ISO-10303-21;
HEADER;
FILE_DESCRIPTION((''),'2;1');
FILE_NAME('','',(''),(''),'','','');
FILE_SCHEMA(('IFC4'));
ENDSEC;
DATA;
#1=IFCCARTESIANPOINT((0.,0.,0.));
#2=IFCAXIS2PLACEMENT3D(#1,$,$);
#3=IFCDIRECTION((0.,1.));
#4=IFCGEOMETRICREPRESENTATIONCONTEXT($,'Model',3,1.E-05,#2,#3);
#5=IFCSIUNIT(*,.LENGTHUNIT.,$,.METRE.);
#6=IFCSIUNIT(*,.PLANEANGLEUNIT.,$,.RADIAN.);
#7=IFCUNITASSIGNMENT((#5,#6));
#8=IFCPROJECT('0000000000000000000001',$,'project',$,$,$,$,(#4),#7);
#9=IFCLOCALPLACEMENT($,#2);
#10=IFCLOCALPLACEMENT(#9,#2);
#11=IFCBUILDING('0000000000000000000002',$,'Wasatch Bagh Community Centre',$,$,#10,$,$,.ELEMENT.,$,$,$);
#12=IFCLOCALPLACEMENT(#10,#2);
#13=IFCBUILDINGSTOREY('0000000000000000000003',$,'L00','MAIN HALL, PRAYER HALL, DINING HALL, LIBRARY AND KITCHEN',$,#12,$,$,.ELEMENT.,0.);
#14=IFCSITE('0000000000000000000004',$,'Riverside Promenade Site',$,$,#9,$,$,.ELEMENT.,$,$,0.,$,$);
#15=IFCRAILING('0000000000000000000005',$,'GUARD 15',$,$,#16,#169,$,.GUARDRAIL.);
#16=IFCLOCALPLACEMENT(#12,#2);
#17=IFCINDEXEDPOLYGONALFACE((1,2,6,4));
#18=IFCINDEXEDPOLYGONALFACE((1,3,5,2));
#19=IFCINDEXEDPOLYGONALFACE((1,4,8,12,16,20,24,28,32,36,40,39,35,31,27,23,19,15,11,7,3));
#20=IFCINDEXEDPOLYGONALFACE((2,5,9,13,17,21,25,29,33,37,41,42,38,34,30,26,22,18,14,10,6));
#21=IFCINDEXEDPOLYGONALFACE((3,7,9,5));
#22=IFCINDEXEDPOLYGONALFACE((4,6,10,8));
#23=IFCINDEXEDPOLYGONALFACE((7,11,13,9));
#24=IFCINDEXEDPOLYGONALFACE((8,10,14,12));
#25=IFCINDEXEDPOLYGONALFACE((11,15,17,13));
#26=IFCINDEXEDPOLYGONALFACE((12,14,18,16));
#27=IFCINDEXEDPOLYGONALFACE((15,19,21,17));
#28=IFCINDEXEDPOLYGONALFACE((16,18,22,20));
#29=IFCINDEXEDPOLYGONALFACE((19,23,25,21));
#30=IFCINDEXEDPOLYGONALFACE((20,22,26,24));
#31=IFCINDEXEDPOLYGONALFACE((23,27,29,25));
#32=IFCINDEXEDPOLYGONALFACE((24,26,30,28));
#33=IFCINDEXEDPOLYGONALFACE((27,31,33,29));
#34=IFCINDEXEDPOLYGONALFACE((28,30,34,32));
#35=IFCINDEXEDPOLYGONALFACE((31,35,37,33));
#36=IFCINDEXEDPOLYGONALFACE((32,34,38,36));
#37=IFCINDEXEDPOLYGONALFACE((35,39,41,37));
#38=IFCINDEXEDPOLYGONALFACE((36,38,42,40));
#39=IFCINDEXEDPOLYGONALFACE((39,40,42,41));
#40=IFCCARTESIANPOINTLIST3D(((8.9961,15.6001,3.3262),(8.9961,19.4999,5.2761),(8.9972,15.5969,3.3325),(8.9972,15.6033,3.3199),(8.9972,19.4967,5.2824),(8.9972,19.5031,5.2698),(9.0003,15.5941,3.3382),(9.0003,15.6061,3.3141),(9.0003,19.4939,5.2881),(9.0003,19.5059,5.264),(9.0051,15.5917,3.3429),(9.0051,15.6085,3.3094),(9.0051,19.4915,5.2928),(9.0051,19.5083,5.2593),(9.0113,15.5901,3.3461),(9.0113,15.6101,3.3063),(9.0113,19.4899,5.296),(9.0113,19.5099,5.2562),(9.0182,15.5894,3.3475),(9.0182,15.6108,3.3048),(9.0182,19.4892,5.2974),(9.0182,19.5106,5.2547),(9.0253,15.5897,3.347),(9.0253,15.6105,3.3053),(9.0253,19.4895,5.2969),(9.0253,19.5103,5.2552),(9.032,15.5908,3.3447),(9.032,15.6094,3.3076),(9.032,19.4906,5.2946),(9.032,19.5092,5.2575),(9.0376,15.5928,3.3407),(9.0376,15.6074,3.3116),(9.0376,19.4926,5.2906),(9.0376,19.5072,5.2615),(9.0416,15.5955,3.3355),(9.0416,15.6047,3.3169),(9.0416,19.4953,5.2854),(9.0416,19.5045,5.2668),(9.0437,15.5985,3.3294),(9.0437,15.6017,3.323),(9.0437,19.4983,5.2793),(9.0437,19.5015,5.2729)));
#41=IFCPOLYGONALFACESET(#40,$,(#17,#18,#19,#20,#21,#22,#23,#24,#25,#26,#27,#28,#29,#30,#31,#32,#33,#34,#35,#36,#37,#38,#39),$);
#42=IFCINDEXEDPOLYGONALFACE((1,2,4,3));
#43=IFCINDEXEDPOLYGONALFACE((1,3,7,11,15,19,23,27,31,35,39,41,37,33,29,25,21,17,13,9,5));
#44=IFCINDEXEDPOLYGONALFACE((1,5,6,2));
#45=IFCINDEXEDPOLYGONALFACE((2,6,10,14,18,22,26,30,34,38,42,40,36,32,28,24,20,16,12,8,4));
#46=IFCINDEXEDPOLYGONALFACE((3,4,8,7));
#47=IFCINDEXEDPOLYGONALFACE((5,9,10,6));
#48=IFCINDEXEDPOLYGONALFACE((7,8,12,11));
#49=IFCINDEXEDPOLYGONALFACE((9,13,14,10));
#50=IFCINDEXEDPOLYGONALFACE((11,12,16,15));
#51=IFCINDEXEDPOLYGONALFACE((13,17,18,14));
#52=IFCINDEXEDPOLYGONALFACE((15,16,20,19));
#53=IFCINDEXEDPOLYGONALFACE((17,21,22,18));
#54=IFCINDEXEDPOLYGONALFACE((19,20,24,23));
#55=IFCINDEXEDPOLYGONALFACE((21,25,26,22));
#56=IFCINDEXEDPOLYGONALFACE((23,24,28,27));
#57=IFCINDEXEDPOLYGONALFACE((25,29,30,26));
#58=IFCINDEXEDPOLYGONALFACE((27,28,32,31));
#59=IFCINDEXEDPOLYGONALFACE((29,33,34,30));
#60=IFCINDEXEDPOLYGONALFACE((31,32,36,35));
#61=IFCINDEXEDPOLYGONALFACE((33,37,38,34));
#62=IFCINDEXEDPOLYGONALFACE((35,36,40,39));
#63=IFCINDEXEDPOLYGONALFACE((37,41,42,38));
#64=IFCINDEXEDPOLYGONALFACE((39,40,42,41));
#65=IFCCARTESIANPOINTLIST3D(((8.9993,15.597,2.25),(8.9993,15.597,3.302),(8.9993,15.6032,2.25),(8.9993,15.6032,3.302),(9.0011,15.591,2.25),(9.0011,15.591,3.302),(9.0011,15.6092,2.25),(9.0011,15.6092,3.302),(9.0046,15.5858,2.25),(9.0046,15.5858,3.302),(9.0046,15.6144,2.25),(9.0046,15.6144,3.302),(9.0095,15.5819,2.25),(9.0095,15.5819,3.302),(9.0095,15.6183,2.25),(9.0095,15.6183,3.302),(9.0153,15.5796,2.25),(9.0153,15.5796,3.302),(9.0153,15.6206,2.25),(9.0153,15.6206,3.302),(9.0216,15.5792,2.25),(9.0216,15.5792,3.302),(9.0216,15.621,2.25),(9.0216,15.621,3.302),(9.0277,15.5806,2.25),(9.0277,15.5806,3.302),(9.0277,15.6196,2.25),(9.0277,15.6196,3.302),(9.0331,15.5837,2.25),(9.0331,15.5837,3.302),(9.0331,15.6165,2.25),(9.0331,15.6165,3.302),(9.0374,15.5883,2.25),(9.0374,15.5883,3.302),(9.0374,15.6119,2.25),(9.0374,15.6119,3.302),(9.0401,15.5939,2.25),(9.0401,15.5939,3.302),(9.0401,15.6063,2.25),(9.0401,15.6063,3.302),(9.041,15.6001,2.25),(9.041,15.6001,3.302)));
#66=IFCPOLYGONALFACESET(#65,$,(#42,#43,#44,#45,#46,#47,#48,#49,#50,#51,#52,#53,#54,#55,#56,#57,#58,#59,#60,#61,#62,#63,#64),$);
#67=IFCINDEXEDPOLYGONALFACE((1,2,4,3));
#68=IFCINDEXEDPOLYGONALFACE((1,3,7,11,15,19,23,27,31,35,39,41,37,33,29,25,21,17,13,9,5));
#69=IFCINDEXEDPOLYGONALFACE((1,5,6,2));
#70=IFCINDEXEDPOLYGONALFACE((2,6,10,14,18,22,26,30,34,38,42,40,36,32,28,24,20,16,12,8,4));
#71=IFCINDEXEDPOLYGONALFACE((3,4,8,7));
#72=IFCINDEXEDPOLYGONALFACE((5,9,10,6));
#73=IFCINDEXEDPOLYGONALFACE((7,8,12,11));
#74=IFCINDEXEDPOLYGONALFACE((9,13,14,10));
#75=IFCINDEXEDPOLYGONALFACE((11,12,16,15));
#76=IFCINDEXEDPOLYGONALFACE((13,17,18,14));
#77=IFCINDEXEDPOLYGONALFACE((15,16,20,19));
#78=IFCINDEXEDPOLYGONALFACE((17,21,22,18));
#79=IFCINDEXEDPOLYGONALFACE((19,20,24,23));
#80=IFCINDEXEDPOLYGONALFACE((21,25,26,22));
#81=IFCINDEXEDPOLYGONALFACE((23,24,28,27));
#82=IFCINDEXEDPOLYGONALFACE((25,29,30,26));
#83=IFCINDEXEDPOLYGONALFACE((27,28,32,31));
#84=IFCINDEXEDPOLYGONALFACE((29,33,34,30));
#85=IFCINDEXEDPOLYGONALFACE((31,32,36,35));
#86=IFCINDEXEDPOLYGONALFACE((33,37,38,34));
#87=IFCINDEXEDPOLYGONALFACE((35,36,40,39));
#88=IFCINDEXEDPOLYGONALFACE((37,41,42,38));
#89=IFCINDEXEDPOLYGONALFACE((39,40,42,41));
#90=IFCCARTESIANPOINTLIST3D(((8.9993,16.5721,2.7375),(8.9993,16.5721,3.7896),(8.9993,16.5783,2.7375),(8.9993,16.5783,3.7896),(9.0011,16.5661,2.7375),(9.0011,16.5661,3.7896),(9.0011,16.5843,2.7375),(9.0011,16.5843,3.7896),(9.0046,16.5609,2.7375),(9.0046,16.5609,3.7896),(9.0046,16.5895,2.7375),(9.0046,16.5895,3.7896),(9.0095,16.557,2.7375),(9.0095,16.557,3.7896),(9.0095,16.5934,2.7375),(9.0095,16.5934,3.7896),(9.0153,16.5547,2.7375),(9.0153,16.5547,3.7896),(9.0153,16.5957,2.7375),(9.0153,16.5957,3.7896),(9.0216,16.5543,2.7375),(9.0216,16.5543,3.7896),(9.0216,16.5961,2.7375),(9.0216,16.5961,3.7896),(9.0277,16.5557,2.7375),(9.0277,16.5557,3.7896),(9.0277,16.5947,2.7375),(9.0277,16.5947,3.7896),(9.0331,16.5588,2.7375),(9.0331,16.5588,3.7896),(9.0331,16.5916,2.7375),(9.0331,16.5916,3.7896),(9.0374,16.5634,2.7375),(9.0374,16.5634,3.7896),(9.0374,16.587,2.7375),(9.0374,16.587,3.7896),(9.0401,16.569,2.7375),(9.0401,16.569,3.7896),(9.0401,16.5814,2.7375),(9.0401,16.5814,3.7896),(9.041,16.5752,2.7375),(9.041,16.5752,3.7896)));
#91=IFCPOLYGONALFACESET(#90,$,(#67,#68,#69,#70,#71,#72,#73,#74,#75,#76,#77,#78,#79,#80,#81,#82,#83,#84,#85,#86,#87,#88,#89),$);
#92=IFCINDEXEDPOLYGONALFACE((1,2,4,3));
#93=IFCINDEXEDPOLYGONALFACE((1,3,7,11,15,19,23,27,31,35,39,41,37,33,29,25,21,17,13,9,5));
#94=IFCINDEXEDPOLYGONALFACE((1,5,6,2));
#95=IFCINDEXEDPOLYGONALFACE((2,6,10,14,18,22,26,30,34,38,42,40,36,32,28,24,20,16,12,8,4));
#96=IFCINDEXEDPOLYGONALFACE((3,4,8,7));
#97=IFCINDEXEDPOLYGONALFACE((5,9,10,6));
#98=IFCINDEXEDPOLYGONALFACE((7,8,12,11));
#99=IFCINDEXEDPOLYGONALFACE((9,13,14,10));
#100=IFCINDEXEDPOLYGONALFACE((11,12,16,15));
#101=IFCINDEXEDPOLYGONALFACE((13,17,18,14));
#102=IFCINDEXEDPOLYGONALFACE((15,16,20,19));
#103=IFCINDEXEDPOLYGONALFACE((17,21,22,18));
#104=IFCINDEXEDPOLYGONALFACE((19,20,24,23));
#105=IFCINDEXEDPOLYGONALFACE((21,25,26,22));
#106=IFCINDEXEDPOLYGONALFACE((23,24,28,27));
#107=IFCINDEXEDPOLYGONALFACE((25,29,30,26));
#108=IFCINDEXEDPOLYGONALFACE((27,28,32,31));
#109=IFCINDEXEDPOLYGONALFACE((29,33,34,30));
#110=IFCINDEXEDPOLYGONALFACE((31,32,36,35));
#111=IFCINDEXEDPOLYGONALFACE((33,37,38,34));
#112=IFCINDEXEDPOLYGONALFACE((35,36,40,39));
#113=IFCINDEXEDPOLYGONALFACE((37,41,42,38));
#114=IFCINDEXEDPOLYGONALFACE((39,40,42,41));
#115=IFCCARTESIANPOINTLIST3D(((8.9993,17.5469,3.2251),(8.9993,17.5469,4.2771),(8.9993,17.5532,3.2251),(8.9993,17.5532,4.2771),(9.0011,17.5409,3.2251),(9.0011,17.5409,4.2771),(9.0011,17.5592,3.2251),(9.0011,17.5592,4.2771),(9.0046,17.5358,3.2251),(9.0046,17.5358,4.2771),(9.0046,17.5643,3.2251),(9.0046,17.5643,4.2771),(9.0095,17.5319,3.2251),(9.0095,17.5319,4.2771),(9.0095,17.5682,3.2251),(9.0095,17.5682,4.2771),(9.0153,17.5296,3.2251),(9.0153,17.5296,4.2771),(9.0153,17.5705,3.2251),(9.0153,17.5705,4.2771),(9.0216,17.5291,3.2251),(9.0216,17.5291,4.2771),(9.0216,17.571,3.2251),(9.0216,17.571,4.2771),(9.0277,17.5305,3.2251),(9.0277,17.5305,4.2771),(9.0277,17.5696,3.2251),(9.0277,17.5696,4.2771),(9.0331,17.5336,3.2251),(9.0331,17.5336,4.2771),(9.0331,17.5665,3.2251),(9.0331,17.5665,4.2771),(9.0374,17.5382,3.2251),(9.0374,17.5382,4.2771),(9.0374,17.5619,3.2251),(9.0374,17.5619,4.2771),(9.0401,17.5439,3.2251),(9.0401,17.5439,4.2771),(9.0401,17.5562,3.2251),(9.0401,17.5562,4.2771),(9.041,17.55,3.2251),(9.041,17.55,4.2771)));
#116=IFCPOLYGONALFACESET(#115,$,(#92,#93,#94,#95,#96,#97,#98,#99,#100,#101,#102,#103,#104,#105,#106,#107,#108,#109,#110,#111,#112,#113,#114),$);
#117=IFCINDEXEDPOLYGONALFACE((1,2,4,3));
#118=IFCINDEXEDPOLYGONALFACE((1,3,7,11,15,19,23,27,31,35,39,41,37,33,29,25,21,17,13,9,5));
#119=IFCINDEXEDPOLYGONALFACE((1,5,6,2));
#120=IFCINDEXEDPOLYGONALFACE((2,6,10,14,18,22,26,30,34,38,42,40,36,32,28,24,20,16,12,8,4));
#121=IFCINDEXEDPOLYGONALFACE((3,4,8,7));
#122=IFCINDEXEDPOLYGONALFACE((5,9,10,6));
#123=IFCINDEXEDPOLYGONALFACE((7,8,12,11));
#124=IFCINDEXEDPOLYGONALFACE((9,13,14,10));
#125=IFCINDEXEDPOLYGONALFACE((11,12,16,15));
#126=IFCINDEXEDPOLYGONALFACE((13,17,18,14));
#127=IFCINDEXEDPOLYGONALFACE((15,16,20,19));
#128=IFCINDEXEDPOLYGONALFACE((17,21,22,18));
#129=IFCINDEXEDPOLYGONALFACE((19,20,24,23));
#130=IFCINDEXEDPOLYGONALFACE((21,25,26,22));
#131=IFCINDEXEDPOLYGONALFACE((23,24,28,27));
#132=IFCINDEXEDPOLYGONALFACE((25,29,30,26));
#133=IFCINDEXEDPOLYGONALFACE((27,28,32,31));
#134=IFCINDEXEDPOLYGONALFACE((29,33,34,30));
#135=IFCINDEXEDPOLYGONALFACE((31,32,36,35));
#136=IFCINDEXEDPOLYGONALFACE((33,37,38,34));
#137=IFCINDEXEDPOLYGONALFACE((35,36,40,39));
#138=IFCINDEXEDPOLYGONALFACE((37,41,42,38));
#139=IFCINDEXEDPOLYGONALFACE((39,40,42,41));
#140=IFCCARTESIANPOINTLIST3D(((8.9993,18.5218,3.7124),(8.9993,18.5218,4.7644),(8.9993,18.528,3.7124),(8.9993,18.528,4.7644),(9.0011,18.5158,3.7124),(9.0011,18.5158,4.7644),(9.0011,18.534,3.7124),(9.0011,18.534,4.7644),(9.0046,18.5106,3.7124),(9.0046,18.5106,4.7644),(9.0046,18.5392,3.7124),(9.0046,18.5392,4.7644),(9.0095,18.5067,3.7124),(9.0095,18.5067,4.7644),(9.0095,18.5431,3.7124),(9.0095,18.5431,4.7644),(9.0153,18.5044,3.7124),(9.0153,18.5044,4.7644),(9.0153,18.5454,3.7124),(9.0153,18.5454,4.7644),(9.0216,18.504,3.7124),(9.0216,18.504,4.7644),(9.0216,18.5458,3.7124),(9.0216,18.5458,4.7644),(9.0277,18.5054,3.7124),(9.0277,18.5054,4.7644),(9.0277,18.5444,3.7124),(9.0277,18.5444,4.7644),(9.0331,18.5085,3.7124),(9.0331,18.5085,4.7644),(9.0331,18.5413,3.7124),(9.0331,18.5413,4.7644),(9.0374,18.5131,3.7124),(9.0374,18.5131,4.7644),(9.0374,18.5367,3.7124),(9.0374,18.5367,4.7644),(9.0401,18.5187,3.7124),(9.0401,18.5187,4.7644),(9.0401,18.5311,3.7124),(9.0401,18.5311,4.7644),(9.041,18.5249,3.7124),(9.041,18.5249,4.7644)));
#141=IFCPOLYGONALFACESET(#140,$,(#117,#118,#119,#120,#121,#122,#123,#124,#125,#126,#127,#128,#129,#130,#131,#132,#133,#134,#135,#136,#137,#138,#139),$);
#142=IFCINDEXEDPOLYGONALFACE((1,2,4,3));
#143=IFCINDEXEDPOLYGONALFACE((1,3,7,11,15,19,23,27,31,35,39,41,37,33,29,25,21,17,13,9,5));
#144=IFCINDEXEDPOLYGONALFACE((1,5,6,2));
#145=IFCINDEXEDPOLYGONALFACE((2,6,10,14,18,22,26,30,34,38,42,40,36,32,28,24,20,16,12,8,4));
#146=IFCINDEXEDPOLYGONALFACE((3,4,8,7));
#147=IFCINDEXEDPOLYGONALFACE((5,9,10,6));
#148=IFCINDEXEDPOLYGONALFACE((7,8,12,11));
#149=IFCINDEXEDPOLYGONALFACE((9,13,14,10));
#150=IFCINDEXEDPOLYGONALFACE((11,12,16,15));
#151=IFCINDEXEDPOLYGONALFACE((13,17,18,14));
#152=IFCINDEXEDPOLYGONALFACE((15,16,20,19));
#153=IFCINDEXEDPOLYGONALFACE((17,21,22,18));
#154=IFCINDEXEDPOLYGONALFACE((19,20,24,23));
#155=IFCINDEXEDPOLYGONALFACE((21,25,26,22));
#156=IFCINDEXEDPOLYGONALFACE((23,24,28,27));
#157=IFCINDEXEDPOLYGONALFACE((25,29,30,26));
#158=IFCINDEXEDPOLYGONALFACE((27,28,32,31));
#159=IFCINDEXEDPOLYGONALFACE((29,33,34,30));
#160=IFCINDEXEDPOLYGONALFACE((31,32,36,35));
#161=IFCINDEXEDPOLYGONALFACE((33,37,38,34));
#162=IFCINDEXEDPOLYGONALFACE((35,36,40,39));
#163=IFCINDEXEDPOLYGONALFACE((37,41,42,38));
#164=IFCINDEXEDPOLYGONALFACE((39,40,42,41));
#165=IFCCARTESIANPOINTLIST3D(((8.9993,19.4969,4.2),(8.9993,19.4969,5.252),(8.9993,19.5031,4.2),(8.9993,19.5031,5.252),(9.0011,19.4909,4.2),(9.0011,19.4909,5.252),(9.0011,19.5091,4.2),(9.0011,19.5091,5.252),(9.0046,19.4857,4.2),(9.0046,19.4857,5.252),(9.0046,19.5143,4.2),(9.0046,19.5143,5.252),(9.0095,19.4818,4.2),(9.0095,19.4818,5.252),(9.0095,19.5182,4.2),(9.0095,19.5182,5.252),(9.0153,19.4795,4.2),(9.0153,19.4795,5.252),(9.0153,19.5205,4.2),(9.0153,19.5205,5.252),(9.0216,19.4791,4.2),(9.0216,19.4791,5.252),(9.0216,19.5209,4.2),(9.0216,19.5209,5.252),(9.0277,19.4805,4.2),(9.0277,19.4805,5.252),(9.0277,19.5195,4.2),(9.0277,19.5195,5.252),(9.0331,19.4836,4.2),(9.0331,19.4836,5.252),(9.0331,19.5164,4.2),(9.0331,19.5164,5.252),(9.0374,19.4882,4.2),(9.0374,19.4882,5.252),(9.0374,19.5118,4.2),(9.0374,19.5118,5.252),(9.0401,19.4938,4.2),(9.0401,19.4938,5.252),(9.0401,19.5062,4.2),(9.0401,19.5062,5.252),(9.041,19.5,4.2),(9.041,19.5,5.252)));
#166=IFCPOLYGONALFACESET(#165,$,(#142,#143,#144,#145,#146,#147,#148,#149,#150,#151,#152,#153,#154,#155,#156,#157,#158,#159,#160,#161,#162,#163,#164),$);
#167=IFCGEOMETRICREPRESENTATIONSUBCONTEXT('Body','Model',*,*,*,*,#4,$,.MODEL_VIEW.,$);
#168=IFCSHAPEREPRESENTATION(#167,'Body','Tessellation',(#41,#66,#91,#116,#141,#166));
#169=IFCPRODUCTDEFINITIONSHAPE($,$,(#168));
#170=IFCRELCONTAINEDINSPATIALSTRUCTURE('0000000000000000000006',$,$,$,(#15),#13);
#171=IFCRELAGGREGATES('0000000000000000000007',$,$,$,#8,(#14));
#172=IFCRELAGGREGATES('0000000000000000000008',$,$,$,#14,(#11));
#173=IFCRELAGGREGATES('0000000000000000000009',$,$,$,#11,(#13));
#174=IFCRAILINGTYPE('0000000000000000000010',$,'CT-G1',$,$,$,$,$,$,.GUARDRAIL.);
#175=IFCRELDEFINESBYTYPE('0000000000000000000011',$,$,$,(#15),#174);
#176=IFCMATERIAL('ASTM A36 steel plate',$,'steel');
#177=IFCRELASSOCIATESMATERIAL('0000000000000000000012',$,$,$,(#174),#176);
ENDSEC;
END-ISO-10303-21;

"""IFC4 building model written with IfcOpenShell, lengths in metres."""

from ifc_helpers import new_model, si_unit, direction, frame, origin, origin_2d, place, context, subcontext, project, spatial, circle, extrude, material, type_object, element, save


model = new_model("IFC4")

# Units and contexts
model_context = context("Model", 3, precision=1e-05, world=origin(), true_north=direction((0.0, 1.0)))
body_context = subcontext(model_context, "Body", "Model", "MODEL_VIEW")
ifc_project = project(units=[si_unit("LENGTHUNIT", "METRE"), si_unit("PLANEANGLEUNIT", "RADIAN")], contexts=[model_context])

# Site, building, storey
site_placement = place(None, origin())
site = spatial("IfcSite", under=ifc_project, at=site_placement, Name="Riverside Promenade Site", CompositionType="ELEMENT", RefElevation=0.0)
building_placement = place(site_placement, origin())
building = spatial("IfcBuilding", under=site, at=building_placement, Name="Wasatch Bagh Community Centre", CompositionType="ELEMENT")
storey_placement = place(building_placement, origin())
storey = spatial("IfcBuildingStorey", under=building, at=storey_placement, Name="L00", Description="MAIN HALL, PRAYER HALL, DINING HALL, LIBRARY AND KITCHEN", CompositionType="ELEMENT", Elevation=0.0)

# Railing
ifc_material_1 = material(Name="ASTM A36 steel plate", Category="steel")
railing_type_1 = type_object("IfcRailingType", Name="CT-G1", PredefinedType="GUARDRAIL", material=ifc_material_1)
for number, where, name in (
    (1, (9.02, 15.6001, 2.25), "GUARD 15"),
):
    element("IfcRailing", number, at=place(storey_placement, frame(where)), inside=storey, type_object=railing_type_1, Name=name, PredefinedType="GUARDRAIL", context=body_context, shape_type="SweptSolid", body=[
        extrude(circle(Radius=0.0239, at=origin_2d()), frame((0.0, 0.0, 1.0762), z_axis=(0.0, 0.894427, 0.447214), x_axis=(-1.0, 0.0, 0.0)), (0.0, 0.0, 1.0), 4.3601),
        extrude(circle(Radius=0.021, at=origin_2d()), origin(), (0.0, 0.0, 1.0), 1.052),
        extrude(circle(Radius=0.021, at=origin_2d()), frame((0.0, 0.9751, 0.4875)), (0.0, 0.0, 1.0), 1.052),
        extrude(circle(Radius=0.021, at=origin_2d()), frame((0.0, 1.95, 0.9751)), (0.0, 0.0, 1.0), 1.052),
        extrude(circle(Radius=0.021, at=origin_2d()), frame((0.0, 2.9248, 1.4624)), (0.0, 0.0, 1.0), 1.052),
        extrude(circle(Radius=0.021, at=origin_2d()), frame((0.0, 3.8999, 1.95)), (0.0, 0.0, 1.0), 1.052),
    ])

save(model, "model.ifc")
